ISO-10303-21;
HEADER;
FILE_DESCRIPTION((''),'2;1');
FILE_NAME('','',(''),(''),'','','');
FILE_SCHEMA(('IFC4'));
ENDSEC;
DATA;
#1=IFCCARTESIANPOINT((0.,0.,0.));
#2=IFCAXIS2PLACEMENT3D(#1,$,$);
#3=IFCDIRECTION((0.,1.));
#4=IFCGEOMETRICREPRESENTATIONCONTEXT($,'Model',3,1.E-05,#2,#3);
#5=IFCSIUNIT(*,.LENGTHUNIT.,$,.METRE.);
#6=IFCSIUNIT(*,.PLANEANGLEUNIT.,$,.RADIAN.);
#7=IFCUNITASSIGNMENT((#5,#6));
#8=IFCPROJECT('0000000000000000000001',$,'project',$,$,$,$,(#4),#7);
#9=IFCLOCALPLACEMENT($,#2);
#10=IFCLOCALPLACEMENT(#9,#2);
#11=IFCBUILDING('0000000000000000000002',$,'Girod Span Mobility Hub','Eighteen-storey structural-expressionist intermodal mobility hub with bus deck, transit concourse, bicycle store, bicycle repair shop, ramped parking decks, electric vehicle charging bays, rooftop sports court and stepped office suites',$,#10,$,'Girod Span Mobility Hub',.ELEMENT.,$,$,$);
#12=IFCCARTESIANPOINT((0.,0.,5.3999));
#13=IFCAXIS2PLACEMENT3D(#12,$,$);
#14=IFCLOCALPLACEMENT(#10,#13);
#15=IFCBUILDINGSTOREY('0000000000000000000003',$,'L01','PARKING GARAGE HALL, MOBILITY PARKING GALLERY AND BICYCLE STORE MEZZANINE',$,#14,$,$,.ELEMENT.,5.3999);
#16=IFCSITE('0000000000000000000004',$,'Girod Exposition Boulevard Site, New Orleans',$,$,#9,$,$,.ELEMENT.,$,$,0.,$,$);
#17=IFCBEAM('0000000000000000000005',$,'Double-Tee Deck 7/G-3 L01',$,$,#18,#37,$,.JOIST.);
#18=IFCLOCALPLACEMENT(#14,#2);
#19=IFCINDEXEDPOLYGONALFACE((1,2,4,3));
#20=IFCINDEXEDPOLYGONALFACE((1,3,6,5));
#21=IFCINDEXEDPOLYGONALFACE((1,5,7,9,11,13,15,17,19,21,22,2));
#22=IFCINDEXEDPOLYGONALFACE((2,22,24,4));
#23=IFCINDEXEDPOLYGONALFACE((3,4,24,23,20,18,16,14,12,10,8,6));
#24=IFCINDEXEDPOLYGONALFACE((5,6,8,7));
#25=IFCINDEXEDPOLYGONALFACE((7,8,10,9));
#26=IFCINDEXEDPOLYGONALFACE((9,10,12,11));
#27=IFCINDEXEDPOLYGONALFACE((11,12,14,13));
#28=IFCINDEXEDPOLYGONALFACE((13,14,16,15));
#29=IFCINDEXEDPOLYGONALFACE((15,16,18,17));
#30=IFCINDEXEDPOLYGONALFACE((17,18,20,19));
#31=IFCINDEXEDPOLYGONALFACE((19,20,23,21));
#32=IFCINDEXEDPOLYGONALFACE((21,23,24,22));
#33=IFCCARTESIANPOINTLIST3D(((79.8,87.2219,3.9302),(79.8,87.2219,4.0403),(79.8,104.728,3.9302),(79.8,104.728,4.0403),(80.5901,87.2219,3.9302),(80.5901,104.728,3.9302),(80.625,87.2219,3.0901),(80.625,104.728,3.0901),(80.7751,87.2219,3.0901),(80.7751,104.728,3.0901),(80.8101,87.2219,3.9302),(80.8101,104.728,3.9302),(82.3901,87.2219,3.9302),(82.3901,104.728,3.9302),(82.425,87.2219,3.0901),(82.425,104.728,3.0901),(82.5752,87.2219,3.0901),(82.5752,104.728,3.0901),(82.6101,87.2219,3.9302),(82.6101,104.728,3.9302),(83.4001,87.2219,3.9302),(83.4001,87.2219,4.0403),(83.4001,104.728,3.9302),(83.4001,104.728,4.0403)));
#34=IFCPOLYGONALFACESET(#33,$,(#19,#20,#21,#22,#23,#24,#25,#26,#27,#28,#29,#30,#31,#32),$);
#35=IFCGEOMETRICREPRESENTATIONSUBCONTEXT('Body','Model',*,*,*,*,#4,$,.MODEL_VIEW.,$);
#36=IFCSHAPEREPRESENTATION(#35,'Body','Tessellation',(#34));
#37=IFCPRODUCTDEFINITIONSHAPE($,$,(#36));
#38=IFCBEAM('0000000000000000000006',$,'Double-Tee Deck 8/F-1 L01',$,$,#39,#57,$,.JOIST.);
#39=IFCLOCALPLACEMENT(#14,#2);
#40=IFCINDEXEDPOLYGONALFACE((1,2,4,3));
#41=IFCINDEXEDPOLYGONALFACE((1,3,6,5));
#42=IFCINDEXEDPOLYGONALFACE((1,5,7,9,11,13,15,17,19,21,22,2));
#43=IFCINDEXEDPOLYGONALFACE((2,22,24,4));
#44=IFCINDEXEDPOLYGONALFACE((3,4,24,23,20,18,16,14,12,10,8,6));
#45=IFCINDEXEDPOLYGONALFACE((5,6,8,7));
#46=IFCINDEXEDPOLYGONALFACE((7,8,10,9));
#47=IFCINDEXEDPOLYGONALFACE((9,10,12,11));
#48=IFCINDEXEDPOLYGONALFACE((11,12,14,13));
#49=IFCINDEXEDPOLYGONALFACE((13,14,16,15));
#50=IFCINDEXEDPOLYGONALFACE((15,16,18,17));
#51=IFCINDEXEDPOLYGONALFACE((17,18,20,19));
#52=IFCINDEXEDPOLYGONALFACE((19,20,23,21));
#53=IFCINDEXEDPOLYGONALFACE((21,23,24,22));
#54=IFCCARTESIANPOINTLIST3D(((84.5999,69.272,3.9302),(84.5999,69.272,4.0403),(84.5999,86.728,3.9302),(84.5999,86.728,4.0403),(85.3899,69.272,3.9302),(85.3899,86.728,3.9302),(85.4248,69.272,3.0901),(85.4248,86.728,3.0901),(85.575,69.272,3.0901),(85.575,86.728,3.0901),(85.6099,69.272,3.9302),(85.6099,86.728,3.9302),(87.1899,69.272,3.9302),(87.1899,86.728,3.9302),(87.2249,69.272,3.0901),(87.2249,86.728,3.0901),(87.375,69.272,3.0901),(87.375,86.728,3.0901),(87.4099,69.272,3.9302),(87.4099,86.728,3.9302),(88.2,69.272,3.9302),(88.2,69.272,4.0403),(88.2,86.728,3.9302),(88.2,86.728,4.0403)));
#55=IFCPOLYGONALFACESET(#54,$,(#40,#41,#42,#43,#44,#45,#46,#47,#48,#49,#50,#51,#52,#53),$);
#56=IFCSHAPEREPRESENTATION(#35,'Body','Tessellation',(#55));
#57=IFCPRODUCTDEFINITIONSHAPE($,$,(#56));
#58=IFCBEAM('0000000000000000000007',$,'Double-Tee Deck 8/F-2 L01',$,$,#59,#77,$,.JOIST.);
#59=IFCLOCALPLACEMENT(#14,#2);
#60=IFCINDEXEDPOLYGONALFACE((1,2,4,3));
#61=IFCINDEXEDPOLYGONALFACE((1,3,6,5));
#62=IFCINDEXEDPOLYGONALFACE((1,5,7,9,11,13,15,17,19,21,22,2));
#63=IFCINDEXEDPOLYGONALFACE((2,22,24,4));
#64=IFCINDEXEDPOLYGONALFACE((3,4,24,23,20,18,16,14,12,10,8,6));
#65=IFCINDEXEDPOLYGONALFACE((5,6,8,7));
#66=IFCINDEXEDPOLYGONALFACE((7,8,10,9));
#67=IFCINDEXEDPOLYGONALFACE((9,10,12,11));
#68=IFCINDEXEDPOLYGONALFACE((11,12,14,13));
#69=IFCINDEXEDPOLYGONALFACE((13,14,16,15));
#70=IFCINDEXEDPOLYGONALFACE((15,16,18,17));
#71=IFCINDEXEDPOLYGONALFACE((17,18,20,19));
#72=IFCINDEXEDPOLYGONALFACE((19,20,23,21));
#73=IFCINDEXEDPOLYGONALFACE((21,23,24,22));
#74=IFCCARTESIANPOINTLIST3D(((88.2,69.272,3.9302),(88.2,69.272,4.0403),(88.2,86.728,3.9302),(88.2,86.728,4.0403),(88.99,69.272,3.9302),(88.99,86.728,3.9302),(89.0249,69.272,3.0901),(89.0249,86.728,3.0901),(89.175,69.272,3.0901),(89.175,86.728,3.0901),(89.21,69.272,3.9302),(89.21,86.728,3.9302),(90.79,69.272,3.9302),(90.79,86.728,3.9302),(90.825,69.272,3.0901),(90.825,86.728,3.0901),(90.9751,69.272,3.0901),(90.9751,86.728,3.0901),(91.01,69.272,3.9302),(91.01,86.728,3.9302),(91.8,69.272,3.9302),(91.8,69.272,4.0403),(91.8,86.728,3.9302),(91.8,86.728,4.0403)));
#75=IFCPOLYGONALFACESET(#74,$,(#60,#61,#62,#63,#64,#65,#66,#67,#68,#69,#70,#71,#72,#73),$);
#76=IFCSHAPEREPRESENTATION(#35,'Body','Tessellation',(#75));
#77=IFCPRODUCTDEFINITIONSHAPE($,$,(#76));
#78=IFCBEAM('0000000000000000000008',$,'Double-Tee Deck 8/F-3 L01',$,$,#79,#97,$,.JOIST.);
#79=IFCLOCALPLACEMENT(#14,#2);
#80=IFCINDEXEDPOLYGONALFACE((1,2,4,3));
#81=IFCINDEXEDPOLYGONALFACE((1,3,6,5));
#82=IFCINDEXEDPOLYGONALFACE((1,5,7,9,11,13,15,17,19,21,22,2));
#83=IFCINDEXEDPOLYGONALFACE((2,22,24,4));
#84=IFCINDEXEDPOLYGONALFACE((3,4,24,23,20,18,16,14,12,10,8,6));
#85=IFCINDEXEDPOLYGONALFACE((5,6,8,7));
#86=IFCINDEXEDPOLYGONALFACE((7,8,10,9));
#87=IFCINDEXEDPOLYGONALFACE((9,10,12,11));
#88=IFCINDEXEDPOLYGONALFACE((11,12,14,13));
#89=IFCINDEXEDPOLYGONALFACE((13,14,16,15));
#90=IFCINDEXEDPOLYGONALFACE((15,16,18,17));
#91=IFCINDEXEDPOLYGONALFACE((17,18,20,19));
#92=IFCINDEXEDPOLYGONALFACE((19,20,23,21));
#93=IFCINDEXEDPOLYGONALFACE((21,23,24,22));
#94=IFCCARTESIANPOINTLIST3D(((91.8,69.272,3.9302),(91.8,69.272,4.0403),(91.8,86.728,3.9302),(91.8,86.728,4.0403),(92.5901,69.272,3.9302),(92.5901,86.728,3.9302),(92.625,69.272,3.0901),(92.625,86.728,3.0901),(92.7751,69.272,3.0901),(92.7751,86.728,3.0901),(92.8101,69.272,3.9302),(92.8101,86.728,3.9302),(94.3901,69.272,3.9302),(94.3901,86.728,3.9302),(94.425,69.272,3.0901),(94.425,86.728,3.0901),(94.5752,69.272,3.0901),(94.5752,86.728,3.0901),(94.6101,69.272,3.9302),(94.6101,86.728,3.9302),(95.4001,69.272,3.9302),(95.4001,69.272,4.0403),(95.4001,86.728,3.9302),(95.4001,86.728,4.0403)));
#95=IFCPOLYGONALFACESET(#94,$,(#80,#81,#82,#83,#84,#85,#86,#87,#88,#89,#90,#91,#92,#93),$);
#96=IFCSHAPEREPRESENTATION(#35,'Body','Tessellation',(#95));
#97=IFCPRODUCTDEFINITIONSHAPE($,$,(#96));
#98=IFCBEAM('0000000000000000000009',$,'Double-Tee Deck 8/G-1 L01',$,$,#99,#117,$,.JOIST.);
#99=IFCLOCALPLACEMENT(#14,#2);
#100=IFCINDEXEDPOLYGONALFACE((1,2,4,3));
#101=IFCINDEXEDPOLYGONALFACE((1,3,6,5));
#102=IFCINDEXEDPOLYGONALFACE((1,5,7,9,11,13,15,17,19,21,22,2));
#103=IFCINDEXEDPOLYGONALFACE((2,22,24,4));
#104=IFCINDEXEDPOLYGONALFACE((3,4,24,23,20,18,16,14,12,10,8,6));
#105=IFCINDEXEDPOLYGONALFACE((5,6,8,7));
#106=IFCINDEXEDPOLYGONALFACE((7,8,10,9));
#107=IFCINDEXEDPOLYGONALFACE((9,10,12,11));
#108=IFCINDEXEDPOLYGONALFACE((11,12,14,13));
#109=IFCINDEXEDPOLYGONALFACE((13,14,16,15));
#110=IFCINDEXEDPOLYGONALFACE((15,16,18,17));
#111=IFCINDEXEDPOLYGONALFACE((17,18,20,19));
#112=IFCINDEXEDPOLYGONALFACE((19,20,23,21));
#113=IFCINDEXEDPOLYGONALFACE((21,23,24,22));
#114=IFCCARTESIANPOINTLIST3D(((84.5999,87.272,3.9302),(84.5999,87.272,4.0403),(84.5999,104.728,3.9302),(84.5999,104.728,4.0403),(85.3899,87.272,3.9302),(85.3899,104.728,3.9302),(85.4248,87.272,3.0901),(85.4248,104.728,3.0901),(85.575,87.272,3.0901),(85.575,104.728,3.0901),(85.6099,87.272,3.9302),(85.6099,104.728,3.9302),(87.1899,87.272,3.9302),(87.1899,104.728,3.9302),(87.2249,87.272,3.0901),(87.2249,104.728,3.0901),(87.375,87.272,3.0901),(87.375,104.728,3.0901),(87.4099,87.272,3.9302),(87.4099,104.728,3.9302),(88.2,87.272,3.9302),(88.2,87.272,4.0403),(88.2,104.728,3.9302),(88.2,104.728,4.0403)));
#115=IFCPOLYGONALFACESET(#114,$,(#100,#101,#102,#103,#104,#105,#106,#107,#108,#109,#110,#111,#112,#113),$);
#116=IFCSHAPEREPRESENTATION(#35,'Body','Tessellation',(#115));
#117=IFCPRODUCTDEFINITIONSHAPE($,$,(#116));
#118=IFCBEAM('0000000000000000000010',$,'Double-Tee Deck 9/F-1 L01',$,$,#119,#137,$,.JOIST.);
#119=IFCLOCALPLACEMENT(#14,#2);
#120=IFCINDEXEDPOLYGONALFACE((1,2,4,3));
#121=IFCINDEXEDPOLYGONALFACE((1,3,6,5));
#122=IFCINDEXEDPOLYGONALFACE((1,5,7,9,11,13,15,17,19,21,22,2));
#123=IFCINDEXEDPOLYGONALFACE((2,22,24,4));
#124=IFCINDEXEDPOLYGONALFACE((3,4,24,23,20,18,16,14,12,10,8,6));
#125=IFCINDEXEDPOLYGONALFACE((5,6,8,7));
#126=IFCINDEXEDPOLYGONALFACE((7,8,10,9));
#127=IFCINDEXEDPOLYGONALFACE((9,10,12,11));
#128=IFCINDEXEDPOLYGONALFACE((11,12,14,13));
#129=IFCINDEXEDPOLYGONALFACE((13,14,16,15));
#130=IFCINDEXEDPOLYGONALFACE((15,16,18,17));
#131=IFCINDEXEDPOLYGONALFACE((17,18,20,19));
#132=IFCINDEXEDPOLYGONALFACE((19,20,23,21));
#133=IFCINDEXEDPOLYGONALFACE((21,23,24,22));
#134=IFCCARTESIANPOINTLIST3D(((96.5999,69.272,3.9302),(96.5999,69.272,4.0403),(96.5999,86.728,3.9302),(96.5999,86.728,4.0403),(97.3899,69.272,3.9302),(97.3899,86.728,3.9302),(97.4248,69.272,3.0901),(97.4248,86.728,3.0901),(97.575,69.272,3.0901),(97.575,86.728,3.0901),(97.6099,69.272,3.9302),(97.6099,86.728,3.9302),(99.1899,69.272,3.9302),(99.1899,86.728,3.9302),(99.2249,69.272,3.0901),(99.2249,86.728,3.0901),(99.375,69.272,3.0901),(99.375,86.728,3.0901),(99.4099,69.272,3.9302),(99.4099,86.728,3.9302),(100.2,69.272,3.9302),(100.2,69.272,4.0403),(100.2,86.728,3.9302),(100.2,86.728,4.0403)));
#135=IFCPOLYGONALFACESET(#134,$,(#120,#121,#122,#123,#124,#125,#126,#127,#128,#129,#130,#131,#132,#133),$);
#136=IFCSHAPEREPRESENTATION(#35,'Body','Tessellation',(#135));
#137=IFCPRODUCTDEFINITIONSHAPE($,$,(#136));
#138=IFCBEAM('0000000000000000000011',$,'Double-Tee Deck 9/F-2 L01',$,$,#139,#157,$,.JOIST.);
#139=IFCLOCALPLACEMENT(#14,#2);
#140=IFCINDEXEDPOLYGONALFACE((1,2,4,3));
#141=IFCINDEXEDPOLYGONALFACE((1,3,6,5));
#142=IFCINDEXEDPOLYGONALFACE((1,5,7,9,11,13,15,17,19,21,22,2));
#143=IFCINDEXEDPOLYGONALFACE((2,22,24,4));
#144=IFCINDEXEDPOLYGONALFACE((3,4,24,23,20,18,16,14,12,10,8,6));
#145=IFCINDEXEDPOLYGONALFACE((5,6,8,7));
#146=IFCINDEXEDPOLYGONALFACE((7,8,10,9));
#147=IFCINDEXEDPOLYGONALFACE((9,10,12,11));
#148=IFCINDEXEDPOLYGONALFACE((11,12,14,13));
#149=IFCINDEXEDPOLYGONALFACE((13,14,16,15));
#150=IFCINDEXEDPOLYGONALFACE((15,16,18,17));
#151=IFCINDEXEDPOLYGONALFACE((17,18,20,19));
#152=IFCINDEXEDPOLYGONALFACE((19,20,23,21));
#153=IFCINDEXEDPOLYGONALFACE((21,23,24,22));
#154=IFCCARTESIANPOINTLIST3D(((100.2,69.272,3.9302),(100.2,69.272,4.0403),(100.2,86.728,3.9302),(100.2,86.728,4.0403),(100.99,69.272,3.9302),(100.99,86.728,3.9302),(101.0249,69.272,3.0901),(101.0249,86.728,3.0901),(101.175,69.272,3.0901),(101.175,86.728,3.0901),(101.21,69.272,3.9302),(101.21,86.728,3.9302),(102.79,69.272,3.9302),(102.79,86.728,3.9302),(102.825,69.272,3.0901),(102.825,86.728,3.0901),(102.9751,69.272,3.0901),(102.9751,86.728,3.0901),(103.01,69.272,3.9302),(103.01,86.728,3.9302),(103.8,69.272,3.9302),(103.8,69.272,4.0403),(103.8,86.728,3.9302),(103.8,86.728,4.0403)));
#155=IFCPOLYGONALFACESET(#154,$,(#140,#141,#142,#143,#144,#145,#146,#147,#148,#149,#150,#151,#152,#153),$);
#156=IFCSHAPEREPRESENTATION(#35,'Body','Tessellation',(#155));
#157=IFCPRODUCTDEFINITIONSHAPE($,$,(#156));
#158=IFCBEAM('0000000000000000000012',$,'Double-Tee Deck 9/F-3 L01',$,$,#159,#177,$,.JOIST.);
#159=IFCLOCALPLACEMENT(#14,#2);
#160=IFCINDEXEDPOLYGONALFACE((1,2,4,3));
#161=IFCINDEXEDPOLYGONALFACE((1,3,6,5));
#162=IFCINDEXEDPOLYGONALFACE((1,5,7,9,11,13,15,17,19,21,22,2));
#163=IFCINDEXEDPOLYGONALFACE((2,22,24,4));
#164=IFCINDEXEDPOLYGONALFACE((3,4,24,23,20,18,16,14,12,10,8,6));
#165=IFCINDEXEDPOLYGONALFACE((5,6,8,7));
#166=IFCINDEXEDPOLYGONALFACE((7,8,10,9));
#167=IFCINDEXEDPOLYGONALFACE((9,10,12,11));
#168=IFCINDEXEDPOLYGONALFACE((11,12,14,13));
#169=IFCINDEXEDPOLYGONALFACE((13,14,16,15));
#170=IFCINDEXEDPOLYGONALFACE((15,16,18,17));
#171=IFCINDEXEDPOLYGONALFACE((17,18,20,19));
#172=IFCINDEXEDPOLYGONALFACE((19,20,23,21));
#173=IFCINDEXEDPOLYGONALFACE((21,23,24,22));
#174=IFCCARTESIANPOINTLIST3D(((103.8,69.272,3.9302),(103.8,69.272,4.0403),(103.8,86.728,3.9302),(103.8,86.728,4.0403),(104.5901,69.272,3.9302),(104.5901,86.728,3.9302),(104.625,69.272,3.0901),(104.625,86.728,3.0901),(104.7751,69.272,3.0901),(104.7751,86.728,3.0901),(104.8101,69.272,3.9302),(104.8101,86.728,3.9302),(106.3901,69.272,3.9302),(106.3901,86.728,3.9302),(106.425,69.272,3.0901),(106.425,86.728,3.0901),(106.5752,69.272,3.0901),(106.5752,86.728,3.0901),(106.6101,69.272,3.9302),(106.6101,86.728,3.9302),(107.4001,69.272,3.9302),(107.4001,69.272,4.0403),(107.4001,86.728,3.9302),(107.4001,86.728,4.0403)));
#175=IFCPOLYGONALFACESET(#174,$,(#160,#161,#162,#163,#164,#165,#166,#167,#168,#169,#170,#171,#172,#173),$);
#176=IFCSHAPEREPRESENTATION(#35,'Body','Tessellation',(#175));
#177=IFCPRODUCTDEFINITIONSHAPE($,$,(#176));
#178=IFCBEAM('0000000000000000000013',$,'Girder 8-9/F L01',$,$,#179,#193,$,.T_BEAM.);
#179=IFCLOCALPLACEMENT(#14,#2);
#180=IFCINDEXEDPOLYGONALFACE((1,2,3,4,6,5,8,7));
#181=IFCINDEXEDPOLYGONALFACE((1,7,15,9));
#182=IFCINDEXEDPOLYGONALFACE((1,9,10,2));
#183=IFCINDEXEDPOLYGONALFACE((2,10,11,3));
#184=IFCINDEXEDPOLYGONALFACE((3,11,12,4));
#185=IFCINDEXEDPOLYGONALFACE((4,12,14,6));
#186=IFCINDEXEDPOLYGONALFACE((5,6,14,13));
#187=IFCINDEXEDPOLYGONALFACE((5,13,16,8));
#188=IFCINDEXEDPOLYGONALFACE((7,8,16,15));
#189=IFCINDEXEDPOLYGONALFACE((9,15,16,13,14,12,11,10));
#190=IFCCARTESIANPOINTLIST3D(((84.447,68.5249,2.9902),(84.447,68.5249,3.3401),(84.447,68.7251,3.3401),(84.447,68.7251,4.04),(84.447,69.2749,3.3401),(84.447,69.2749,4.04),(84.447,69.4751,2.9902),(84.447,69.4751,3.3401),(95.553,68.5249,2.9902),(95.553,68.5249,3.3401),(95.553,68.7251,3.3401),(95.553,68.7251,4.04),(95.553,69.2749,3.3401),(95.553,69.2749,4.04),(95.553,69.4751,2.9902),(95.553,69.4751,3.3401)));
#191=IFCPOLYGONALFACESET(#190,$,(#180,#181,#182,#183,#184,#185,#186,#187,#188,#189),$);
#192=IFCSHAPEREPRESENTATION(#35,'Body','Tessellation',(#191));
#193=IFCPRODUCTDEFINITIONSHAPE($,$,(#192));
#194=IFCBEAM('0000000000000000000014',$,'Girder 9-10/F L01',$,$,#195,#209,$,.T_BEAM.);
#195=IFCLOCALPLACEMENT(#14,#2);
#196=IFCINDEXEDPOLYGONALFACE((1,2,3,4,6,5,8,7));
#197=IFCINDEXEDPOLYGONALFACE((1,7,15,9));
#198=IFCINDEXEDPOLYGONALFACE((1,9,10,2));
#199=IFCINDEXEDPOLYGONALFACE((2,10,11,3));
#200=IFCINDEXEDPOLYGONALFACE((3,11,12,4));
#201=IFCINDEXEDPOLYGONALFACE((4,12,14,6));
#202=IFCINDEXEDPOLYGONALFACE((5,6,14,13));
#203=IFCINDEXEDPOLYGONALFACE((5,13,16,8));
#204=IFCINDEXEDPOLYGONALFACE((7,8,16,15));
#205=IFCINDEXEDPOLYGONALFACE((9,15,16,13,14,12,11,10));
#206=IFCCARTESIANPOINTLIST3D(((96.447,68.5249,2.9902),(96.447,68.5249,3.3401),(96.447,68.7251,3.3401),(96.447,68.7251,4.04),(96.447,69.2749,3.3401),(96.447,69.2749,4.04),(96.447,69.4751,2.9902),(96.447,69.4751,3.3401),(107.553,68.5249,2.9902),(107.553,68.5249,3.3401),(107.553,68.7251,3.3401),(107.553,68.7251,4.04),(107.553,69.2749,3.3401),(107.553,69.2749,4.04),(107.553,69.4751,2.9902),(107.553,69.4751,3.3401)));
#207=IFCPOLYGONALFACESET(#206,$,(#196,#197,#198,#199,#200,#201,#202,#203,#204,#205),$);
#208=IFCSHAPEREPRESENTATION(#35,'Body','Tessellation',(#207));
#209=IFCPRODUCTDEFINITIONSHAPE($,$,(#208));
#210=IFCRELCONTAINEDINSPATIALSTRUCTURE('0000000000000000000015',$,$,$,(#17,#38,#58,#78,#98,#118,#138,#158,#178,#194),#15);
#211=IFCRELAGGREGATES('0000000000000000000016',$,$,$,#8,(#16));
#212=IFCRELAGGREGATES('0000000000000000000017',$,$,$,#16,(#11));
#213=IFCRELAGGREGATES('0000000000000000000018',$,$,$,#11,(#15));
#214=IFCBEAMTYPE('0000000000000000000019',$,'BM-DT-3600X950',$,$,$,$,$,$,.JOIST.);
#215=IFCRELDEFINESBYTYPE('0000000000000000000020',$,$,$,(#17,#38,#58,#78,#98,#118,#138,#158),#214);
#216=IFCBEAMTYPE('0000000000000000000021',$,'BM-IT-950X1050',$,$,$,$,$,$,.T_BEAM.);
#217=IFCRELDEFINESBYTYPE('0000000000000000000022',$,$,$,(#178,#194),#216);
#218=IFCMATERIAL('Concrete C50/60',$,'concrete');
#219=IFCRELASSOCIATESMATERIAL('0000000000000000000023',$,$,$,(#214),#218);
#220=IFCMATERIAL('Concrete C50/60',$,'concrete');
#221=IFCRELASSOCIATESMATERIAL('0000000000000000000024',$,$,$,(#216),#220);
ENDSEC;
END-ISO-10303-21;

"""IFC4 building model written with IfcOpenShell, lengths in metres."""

from ifc_helpers import new_model, si_unit, direction, frame, origin, place, context, subcontext, project, spatial, polyline, outline, extrude, material, material_profile, profile_set, type_object, element, save


model = new_model("IFC4")

# Units and contexts
model_context = context("Model", 3, precision=1e-05, world=origin(), true_north=direction((0.0, 1.0)))
body_context = subcontext(model_context, "Body", "Model", "MODEL_VIEW")
ifc_project = project(units=[si_unit("LENGTHUNIT", "METRE"), si_unit("PLANEANGLEUNIT", "RADIAN")], contexts=[model_context])

# Site, building, storey
site_placement = place(None, origin())
site = spatial("IfcSite", under=ifc_project, at=site_placement, Name="Girod Exposition Boulevard Site, New Orleans", CompositionType="ELEMENT", RefElevation=0.0)
building_placement = place(site_placement, origin())
building = spatial("IfcBuilding", under=site, at=building_placement, Name="Girod Span Mobility Hub", Description="Eighteen-storey structural-expressionist intermodal mobility hub with bus deck, transit concourse, bicycle store, bicycle repair shop, ramped parking decks, electric vehicle charging bays, rooftop sports court and stepped office suites", LongName="Girod Span Mobility Hub", CompositionType="ELEMENT")
storey_placement = place(building_placement, frame((0.0, 0.0, 5.3999)))
storey = spatial("IfcBuildingStorey", under=building, at=storey_placement, Name="L01", Description="PARKING GARAGE HALL, MOBILITY PARKING GALLERY AND BICYCLE STORE MEZZANINE", CompositionType="ELEMENT", Elevation=5.3999)

# Beams
ifc_material_1 = material(Name="Concrete C50/60", Category="concrete")
ifc_material_profile_1 = material_profile(ifc_material_1, outline(polyline([(-1.8, 0.4751), (-1.8, 0.365), (-1.01, 0.365), (-0.9751, -0.4751), (-0.825, -0.4751), (-0.79, 0.365), (0.79, 0.365), (0.825, -0.4751), (0.9751, -0.4751), (1.01, 0.365), (1.8, 0.365), (1.8, 0.4751), (-1.8, 0.4751)])), Name="DT-3600X950")
ifc_profile_set_1 = profile_set([ifc_material_profile_1], Name="Concrete C50/60")
beam_type_1 = type_object("IfcBeamType", Name="BM-DT-3600X950", PredefinedType="JOIST", material=ifc_profile_set_1)
beam_1_placement = place(storey_placement, frame((81.6001, 87.2219, 3.5652), z_axis=(0.0, 1.0, 0.0), x_axis=(-1.0, 0.0, 0.0)))
element("IfcBeam", 1, at=beam_1_placement, inside=storey, type_object=beam_type_1, Name="Double-Tee Deck 7/G-3 L01", PredefinedType="JOIST", context=body_context, shape_type="SweptSolid", body=[
    extrude(outline(polyline([(-1.8, 0.4751), (-1.8, 0.365), (-1.01, 0.365), (-0.9751, -0.4751), (-0.825, -0.4751), (-0.79, 0.365), (0.79, 0.365), (0.825, -0.4751), (0.9751, -0.4751), (1.01, 0.365), (1.8, 0.365), (1.8, 0.4751), (-1.8, 0.4751)])), origin(), (0.0, 0.0, 1.0), 17.5061),
])
for number, where, z_axis, x_axis, name in (
    (2, (86.3999, 69.272, 3.5652), (0.0, 1.0, 0.0), (-1.0, 0.0, 0.0), "Double-Tee Deck 8/F-1 L01"),
    (3, (90.0, 69.272, 3.5652), (0.0, 1.0, 0.0), (-1.0, 0.0, 0.0), "Double-Tee Deck 8/F-2 L01"),
    (4, (93.6001, 69.272, 3.5652), (0.0, 1.0, 0.0), (-1.0, 0.0, 0.0), "Double-Tee Deck 8/F-3 L01"),
    (5, (86.3999, 87.272, 3.5652), (0.0, 1.0, 0.0), (-1.0, 0.0, 0.0), "Double-Tee Deck 8/G-1 L01"),
    (6, (98.3999, 69.272, 3.5652), (0.0, 1.0, 0.0), (-1.0, 0.0, 0.0), "Double-Tee Deck 9/F-1 L01"),
    (7, (102.0, 69.272, 3.5652), (0.0, 1.0, 0.0), (-1.0, 0.0, 0.0), "Double-Tee Deck 9/F-2 L01"),
    (8, (105.6001, 69.272, 3.5652), (0.0, 1.0, 0.0), (-1.0, 0.0, 0.0), "Double-Tee Deck 9/F-3 L01"),
):
    element("IfcBeam", number, at=place(storey_placement, frame(where, z_axis=z_axis, x_axis=x_axis)), inside=storey, type_object=beam_type_1, Name=name, PredefinedType="JOIST", context=body_context, shape_type="SweptSolid", body=[
        extrude(outline(polyline([(-1.8, 0.4751), (-1.8, 0.365), (-1.01, 0.365), (-0.9751, -0.4751), (-0.825, -0.4751), (-0.79, 0.365), (0.79, 0.365), (0.825, -0.4751), (0.9751, -0.4751), (1.01, 0.365), (1.8, 0.365), (1.8, 0.4751), (-1.8, 0.4751)])), origin(), (0.0, 0.0, 1.0), 17.4561),
    ])
ifc_material_2 = material(Name="Concrete C50/60", Category="concrete")
ifc_material_profile_2 = material_profile(ifc_material_2, outline(polyline([(-0.4751, -0.5249), (0.4751, -0.5249), (0.4751, -0.175), (0.2749, -0.175), (0.2749, 0.5249), (-0.2749, 0.5249), (-0.2749, -0.175), (-0.4751, -0.175), (-0.4751, -0.5249)])), Name="IT-950X1050")
ifc_profile_set_2 = profile_set([ifc_material_profile_2], Name="Concrete C50/60")
beam_type_2 = type_object("IfcBeamType", Name="BM-IT-950X1050", PredefinedType="T_BEAM", material=ifc_profile_set_2)
for number, where, z_axis, x_axis, name in (
    (9, (84.447, 69.0, 3.5151), (1.0, 0.0, 0.0), (0.0, 1.0, 0.0), "Girder 8-9/F L01"),
    (10, (96.447, 69.0, 3.5151), (1.0, 0.0, 0.0), (0.0, 1.0, 0.0), "Girder 9-10/F L01"),
):
    element("IfcBeam", number, at=place(storey_placement, frame(where, z_axis=z_axis, x_axis=x_axis)), inside=storey, type_object=beam_type_2, Name=name, PredefinedType="T_BEAM", context=body_context, shape_type="SweptSolid", body=[
        extrude(outline(polyline([(-0.4751, -0.5249), (0.4751, -0.5249), (0.4751, -0.175), (0.2749, -0.175), (0.2749, 0.5249), (-0.2749, 0.5249), (-0.2749, -0.175), (-0.4751, -0.175), (-0.4751, -0.5249)])), origin(), (0.0, 0.0, 1.0), 11.106),
    ])

save(model, "model.ifc")
